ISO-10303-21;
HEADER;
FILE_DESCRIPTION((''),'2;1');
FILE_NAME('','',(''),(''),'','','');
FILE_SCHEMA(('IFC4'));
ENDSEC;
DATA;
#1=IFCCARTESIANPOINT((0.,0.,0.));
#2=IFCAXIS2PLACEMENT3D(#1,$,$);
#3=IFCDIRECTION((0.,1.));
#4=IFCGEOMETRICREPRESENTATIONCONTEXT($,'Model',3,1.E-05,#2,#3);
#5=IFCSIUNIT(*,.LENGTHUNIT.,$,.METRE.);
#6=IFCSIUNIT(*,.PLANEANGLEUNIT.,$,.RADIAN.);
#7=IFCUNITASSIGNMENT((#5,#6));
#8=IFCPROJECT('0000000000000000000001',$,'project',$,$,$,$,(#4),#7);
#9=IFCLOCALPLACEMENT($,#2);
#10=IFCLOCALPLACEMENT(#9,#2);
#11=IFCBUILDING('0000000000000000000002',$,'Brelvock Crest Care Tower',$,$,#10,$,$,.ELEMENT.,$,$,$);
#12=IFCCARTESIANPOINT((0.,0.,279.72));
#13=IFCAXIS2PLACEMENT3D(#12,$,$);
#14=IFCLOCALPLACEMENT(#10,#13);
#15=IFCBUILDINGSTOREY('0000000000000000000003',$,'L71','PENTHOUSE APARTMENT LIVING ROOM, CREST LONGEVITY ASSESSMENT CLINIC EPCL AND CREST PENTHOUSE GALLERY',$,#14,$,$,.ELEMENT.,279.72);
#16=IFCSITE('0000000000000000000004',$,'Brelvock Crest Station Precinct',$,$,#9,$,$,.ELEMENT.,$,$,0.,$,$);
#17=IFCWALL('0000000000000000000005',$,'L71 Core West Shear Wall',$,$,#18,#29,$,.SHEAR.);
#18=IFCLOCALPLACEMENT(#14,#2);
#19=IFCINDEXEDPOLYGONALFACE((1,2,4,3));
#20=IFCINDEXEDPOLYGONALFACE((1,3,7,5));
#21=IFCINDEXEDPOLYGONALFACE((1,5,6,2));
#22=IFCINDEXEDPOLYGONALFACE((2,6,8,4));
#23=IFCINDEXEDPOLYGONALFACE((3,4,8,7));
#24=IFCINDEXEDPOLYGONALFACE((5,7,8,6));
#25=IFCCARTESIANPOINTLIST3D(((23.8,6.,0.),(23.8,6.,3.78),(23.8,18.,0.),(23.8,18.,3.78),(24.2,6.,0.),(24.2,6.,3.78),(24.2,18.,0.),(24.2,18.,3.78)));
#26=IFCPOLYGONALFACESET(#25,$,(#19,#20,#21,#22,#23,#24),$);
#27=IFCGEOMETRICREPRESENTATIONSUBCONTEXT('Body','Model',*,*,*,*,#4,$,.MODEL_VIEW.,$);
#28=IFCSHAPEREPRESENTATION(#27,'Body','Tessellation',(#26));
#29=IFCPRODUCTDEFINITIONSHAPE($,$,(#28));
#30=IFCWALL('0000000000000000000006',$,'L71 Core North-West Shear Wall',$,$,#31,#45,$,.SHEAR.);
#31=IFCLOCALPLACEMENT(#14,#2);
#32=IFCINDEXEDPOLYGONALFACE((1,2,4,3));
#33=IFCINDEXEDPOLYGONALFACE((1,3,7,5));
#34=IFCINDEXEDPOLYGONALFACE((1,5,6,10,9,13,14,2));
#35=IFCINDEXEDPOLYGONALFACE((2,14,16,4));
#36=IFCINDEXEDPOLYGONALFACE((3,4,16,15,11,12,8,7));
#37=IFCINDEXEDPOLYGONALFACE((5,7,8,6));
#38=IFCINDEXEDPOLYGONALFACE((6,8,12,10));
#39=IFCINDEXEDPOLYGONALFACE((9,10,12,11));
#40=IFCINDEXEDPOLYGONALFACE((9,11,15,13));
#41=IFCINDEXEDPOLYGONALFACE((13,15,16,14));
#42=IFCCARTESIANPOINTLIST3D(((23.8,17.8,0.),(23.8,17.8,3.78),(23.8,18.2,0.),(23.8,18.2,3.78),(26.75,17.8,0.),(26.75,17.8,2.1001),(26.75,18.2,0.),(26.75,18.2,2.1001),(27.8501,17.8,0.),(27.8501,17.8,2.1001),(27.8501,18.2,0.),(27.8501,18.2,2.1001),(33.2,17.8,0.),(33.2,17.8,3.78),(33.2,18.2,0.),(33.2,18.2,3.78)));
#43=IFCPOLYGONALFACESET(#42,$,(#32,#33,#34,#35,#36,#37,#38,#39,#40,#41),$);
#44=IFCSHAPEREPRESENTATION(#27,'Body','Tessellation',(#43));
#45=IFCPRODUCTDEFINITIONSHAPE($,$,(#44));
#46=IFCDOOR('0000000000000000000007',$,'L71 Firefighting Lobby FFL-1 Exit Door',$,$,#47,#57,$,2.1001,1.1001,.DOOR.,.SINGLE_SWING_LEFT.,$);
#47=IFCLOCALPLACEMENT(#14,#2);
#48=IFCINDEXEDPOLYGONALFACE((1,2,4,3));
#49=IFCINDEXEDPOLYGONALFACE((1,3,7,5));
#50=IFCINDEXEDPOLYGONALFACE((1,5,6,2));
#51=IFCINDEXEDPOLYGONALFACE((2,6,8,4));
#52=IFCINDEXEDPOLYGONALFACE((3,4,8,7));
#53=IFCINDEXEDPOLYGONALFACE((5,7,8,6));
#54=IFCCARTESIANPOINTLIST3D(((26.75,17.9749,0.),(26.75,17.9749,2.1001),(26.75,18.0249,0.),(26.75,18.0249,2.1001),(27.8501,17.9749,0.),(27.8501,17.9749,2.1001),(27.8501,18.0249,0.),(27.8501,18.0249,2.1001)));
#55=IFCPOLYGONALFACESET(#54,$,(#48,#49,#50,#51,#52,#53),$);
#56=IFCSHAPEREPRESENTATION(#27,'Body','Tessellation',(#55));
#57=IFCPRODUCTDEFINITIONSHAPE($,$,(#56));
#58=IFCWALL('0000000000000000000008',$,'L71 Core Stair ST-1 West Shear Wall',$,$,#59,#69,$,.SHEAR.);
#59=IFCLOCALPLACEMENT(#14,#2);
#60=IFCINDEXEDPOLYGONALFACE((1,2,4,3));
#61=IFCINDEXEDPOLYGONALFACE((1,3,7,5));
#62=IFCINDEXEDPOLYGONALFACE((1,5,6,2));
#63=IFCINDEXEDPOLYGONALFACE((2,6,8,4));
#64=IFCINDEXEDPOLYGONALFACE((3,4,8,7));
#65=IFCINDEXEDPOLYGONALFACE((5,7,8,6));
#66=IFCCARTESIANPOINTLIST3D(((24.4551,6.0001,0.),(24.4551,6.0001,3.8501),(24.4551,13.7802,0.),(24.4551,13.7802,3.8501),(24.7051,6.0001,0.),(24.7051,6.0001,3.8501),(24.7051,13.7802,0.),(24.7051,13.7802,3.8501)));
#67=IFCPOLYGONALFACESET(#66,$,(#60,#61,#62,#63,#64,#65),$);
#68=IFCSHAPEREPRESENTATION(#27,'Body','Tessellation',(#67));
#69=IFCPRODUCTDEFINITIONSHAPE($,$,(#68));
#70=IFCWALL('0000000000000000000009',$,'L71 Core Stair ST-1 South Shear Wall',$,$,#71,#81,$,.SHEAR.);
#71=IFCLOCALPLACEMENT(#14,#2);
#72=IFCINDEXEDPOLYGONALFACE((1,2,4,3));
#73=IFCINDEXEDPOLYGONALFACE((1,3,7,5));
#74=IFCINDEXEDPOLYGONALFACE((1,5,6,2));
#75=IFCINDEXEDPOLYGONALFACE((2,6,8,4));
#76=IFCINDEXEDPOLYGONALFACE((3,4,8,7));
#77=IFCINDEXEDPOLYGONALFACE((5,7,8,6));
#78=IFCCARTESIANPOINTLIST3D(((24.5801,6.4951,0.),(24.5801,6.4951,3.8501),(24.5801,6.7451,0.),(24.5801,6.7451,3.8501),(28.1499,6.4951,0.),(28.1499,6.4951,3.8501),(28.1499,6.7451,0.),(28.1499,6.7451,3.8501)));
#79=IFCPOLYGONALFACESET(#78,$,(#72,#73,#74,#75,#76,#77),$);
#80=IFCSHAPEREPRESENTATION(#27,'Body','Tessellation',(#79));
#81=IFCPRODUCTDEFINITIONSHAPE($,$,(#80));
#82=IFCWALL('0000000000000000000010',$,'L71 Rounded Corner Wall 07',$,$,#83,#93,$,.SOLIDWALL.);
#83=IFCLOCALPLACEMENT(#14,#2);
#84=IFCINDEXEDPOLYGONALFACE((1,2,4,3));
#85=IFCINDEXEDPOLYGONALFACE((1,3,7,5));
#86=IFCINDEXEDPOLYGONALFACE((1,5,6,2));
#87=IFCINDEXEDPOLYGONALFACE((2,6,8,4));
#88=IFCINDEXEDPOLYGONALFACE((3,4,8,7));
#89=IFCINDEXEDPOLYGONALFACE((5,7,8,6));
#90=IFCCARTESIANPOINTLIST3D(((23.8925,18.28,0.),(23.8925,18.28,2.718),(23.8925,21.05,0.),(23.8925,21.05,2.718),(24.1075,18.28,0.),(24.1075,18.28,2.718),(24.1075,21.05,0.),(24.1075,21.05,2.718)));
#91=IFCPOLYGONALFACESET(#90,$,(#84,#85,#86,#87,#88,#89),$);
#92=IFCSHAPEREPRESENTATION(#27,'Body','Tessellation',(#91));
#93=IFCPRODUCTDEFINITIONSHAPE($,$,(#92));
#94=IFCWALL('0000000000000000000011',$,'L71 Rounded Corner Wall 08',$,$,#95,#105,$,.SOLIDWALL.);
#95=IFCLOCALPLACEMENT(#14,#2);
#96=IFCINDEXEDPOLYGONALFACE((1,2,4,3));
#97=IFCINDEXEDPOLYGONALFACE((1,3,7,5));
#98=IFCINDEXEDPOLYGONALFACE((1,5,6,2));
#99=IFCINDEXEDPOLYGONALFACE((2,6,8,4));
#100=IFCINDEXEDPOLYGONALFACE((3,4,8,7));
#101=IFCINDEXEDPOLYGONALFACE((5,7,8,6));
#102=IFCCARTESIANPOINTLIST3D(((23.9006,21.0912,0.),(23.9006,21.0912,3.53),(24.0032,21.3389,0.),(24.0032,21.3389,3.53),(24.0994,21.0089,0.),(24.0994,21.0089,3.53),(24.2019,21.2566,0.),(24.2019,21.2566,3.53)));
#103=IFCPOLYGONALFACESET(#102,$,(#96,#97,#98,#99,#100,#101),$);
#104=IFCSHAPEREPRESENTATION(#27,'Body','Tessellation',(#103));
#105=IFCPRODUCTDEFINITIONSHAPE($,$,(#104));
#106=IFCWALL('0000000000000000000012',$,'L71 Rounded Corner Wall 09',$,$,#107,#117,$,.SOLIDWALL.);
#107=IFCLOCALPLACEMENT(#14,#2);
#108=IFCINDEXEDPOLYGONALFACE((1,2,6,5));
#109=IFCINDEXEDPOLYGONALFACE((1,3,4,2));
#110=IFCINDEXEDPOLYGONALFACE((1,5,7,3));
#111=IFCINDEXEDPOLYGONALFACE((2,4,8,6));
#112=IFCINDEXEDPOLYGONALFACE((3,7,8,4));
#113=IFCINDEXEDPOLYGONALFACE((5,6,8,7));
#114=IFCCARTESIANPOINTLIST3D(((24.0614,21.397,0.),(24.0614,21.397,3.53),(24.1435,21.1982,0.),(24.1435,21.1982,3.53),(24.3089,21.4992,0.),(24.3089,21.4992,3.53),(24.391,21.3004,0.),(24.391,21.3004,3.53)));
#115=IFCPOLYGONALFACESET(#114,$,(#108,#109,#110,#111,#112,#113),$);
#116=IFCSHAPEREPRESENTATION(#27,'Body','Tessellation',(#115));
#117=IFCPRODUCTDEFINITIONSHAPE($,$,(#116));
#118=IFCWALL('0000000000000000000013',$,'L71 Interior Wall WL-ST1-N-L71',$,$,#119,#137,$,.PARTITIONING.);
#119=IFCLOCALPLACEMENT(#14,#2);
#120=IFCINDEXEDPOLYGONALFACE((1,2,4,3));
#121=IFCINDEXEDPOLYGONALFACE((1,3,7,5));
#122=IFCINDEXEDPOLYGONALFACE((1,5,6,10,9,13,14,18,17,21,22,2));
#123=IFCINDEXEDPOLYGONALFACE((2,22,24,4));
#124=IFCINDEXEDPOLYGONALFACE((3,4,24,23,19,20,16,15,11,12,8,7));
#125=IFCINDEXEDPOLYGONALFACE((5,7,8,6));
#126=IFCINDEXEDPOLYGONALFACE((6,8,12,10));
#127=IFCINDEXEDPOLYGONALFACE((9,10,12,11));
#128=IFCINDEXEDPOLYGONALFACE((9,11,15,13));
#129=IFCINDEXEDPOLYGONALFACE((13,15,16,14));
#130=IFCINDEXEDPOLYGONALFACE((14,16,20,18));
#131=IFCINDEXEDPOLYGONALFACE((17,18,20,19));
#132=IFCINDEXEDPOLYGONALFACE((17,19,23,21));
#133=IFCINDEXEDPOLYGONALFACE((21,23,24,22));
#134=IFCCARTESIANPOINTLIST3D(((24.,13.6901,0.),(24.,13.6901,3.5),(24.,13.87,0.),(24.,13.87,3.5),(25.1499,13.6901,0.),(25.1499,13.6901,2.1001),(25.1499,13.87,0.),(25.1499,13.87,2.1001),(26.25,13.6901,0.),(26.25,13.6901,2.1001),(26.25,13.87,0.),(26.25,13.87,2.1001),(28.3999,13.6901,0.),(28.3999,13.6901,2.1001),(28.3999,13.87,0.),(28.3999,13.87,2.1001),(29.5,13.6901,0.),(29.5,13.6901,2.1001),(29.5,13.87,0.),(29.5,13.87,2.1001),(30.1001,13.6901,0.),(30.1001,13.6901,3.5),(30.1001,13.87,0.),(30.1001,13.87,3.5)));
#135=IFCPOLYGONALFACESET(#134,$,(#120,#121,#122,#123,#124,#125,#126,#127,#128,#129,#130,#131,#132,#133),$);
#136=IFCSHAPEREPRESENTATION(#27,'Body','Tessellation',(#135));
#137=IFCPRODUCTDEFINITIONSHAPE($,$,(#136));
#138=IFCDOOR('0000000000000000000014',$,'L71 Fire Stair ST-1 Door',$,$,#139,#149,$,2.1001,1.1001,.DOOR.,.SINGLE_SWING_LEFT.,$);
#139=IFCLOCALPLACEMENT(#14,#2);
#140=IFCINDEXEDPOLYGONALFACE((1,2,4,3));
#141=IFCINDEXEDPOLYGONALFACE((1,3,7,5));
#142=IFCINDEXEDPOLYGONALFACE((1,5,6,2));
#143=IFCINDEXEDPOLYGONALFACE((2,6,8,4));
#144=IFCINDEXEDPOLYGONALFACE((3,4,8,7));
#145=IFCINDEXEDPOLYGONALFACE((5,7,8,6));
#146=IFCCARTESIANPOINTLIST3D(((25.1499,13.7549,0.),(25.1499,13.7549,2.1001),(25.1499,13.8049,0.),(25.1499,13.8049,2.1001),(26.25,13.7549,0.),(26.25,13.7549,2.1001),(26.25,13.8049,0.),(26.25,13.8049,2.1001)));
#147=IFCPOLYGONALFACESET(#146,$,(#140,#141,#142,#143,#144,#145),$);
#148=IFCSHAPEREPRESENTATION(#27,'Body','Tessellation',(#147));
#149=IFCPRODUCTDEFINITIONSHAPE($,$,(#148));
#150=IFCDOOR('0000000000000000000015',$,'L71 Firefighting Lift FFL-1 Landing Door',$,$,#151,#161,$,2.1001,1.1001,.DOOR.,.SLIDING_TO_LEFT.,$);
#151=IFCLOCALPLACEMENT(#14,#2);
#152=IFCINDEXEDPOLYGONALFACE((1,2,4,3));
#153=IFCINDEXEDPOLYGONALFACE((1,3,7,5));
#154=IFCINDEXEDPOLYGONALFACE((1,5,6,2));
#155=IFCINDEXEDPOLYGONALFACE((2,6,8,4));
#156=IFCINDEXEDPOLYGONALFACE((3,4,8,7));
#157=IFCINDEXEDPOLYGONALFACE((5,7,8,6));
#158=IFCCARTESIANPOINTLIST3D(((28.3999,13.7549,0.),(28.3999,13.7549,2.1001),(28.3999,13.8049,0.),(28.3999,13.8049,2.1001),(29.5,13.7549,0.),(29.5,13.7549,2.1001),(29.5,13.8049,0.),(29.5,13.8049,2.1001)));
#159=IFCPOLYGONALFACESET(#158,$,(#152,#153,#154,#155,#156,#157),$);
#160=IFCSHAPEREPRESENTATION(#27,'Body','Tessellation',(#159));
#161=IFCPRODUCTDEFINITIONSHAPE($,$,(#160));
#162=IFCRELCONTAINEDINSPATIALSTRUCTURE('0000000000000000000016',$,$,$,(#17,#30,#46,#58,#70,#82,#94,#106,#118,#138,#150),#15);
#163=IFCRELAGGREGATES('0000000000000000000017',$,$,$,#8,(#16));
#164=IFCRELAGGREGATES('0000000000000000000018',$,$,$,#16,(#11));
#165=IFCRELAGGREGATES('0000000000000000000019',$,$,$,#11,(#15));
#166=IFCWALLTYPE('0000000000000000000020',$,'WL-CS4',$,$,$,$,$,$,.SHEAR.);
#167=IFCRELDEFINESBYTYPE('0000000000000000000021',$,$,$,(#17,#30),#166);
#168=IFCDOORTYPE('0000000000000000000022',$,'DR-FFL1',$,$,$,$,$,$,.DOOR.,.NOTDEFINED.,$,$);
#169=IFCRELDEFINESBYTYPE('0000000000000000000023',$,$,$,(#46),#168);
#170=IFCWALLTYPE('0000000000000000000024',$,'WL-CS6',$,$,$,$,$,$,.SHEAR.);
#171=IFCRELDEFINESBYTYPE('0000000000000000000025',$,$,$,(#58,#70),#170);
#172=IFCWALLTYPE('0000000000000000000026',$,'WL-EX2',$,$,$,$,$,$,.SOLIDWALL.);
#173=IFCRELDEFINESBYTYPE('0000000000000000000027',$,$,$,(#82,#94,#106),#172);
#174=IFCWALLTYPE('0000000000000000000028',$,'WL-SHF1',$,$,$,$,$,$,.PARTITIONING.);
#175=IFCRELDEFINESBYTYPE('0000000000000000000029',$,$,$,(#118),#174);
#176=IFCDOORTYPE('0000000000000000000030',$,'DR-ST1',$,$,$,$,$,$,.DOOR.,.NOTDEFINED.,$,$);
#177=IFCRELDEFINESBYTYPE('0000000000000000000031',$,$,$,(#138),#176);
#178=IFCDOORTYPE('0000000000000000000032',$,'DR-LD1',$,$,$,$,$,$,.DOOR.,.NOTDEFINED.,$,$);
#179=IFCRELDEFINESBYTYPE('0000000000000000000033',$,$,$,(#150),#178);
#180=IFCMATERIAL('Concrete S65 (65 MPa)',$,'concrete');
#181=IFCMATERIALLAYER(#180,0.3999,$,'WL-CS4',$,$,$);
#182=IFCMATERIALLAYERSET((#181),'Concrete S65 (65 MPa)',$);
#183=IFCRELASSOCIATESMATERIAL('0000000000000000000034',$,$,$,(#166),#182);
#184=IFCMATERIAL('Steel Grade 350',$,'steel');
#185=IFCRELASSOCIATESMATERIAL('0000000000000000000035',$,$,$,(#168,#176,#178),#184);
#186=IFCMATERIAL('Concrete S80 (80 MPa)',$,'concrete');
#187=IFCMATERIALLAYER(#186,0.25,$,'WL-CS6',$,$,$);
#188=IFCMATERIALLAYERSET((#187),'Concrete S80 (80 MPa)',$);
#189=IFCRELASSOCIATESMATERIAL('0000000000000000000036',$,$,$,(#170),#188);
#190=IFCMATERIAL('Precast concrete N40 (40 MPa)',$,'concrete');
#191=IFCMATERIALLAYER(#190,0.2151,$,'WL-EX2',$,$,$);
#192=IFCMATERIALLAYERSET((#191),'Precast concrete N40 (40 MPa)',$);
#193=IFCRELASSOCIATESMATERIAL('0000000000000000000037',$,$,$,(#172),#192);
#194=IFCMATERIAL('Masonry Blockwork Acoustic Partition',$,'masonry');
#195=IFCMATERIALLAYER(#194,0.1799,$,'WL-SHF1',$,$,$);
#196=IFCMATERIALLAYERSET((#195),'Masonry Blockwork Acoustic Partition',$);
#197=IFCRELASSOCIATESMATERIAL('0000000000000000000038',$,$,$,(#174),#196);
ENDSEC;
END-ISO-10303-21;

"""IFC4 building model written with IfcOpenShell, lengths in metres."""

from ifc_helpers import new_model, si_unit, direction, frame, frame_2d, origin, origin_2d, place, context, subcontext, project, spatial, rectangle, extrude, source, transform, mapped, material, layer, layer_set, type_object, element, fill, save


model = new_model("IFC4")

# Units and contexts
model_context = context("Model", 3, precision=1e-05, world=origin(), true_north=direction((0.0, 1.0)))
body_context = subcontext(model_context, "Body", "Model", "MODEL_VIEW")
ifc_project = project(units=[si_unit("LENGTHUNIT", "METRE"), si_unit("PLANEANGLEUNIT", "RADIAN")], contexts=[model_context])

# Site, building, storey
site_placement = place(None, origin())
site = spatial("IfcSite", under=ifc_project, at=site_placement, Name="Brelvock Crest Station Precinct", CompositionType="ELEMENT", RefElevation=0.0)
building_placement = place(site_placement, origin())
building = spatial("IfcBuilding", under=site, at=building_placement, Name="Brelvock Crest Care Tower", CompositionType="ELEMENT")
storey_placement = place(building_placement, frame((0.0, 0.0, 279.72)))
storey = spatial("IfcBuildingStorey", under=building, at=storey_placement, Name="L71", Description="PENTHOUSE APARTMENT LIVING ROOM, CREST LONGEVITY ASSESSMENT CLINIC EPCL AND CREST PENTHOUSE GALLERY", CompositionType="ELEMENT", Elevation=279.72)

# Shared definitions
ifc_material_1 = material(Name="Concrete S65 (65 MPa)", Category="concrete")

# Shared definitions
ifc_material_2 = material(Name="Steel Grade 350", Category="steel")

# Wall
ifc_layer_1 = layer(ifc_material_1, 0.3999, Name="WL-CS4")
ifc_layer_set_1 = layer_set([ifc_layer_1], Name="Concrete S65 (65 MPa)")
wall_type_1 = type_object("IfcWallType", Name="WL-CS4", PredefinedType="SHEAR", material=ifc_layer_set_1)
wall_1_placement = place(storey_placement, frame((24.0, 6.0, 0.0), z_axis=(0.0, 0.0, 1.0), x_axis=(0.0, 1.0, 0.0)))
element("IfcWall", 1, at=wall_1_placement, inside=storey, type_object=wall_type_1, Name="L71 Core West Shear Wall", PredefinedType="SHEAR", context=body_context, shape_type="SweptSolid", body=[
    extrude(rectangle(XDim=12.0, YDim=0.3999, at=frame_2d((6.0, 0.0))), origin(), (0.0, 0.0, 1.0), 3.78),
])

# Wall, opening, door
wall_2_placement = place(storey_placement, frame((23.8, 18.0, 0.0), z_axis=(0.0, 0.0, 1.0), x_axis=(1.0, 0.0, 0.0)))
wall_2 = element("IfcWall", 2, at=wall_2_placement, inside=storey, type_object=wall_type_1, Name="L71 Core North-West Shear Wall", PredefinedType="SHEAR", context=body_context, shape_type="SweptSolid", body=[
    extrude(rectangle(XDim=9.3999, YDim=0.3999, at=frame_2d((4.7, 0.0))), origin(), (0.0, 0.0, 1.0), 3.78),
])
opening_1_placement = place(wall_2_placement, frame((2.95, 0.0, 0.0)))
opening_1 = element("IfcOpeningElement", 3, at=opening_1_placement, cuts=wall_2, PredefinedType="OPENING", context=body_context, shape_type="SweptSolid", body=[
    extrude(rectangle(XDim=1.1001, YDim=2.1001, at=origin_2d()), frame((0.55, 0.21, 1.05), z_axis=(0.0, -1.0, 0.0), x_axis=(1.0, 0.0, 0.0)), (0.0, 0.0, 1.0), 0.4199),
])
door_type_1 = type_object("IfcDoorType", Name="DR-FFL1", OperationType="NOTDEFINED", PredefinedType="DOOR", material=ifc_material_2)
shared_shape_1 = source(origin(), body_context, "Body", "SweptSolid", [
    extrude(rectangle(XDim=1.1001, YDim=2.1001, at=origin_2d()), frame((0.55, 0.0249, 1.05), z_axis=(0.0, -1.0, 0.0), x_axis=(1.0, 0.0, 0.0)), (0.0, 0.0, 1.0), 0.05),
])
door_1_placement = place(opening_1_placement, origin())
door_1 = element("IfcDoor", 4, at=door_1_placement, inside=storey, type_object=door_type_1, Name="L71 Firefighting Lobby FFL-1 Exit Door", OperationType="SINGLE_SWING_LEFT", OverallHeight=2.1001, OverallWidth=1.1001, PredefinedType="DOOR", context=body_context, shape_type="MappedRepresentation", body=[
    mapped(shared_shape_1, transform((0.0, 0.0, 0.0), x_axis=(1.0, 0.0, 0.0), y_axis=(0.0, 1.0, 0.0), z_axis=(0.0, 0.0, 1.0), scale=1.0)),
])
fill(opening_1, door_1)

# Walls
ifc_material_3 = material(Name="Concrete S80 (80 MPa)", Category="concrete")
ifc_layer_2 = layer(ifc_material_3, 0.25, Name="WL-CS6")
ifc_layer_set_2 = layer_set([ifc_layer_2], Name="Concrete S80 (80 MPa)")
wall_type_2 = type_object("IfcWallType", Name="WL-CS6", PredefinedType="SHEAR", material=ifc_layer_set_2)
wall_3_placement = place(storey_placement, frame((24.5801, 6.0, 0.0), z_axis=(0.0, 0.0, 1.0), x_axis=(0.0, 1.0, 0.0)))
element("IfcWall", 5, at=wall_3_placement, inside=storey, type_object=wall_type_2, Name="L71 Core Stair ST-1 West Shear Wall", PredefinedType="SHEAR", context=body_context, shape_type="SweptSolid", body=[
    extrude(rectangle(XDim=7.78, YDim=0.25, at=frame_2d((3.8901, 0.0))), origin(), (0.0, 0.0, 1.0), 3.8501),
])
wall_4_placement = place(storey_placement, frame((24.5801, 6.6201, 0.0), z_axis=(0.0, 0.0, 1.0), x_axis=(1.0, 0.0, 0.0)))
element("IfcWall", 6, at=wall_4_placement, inside=storey, type_object=wall_type_2, Name="L71 Core Stair ST-1 South Shear Wall", PredefinedType="SHEAR", context=body_context, shape_type="SweptSolid", body=[
    extrude(rectangle(XDim=3.5698, YDim=0.25, at=frame_2d((1.7849, 0.0))), origin(), (0.0, 0.0, 1.0), 3.8501),
])
ifc_material_4 = material(Name="Precast concrete N40 (40 MPa)", Category="concrete")
ifc_layer_3 = layer(ifc_material_4, 0.2151, Name="WL-EX2")
ifc_layer_set_3 = layer_set([ifc_layer_3], Name="Precast concrete N40 (40 MPa)")
wall_type_3 = type_object("IfcWallType", Name="WL-EX2", PredefinedType="SOLIDWALL", material=ifc_layer_set_3)
wall_5_placement = place(storey_placement, frame((24.0, 18.28, 0.0), z_axis=(0.0, 0.0, 1.0), x_axis=(0.0, 1.0, 0.0)))
element("IfcWall", 7, at=wall_5_placement, inside=storey, type_object=wall_type_3, Name="L71 Rounded Corner Wall 07", PredefinedType="SOLIDWALL", context=body_context, shape_type="SweptSolid", body=[
    extrude(rectangle(XDim=2.77, YDim=0.2151, at=frame_2d((1.385, 0.0))), origin(), (0.0, 0.0, 1.0), 2.718),
])
wall_6_placement = place(storey_placement, frame((24.0, 21.05, 0.0), z_axis=(0.0, 0.0, 1.0), x_axis=(0.382674, 0.923884, 0.0)))
element("IfcWall", 8, at=wall_6_placement, inside=storey, type_object=wall_type_3, Name="L71 Rounded Corner Wall 08", PredefinedType="SOLIDWALL", context=body_context, shape_type="SweptSolid", body=[
    extrude(rectangle(XDim=0.2681, YDim=0.2151, at=frame_2d((0.134, 0.0))), origin(), (0.0, 0.0, 1.0), 3.53),
])
wall_7_placement = place(storey_placement, frame((24.1025, 21.2976, 0.0), z_axis=(0.0, 0.0, 1.0), x_axis=(0.924205, 0.381896, 0.0)))
element("IfcWall", 9, at=wall_7_placement, inside=storey, type_object=wall_type_3, Name="L71 Rounded Corner Wall 09", PredefinedType="SOLIDWALL", context=body_context, shape_type="SweptSolid", body=[
    extrude(rectangle(XDim=0.2678, YDim=0.2151, at=frame_2d((0.1338, 0.0))), origin(), (0.0, 0.0, 1.0), 3.53),
])

# Wall, openings, doors
ifc_material_5 = material(Name="Masonry Blockwork Acoustic Partition", Category="masonry")
ifc_layer_4 = layer(ifc_material_5, 0.1799, Name="WL-SHF1")
ifc_layer_set_4 = layer_set([ifc_layer_4], Name="Masonry Blockwork Acoustic Partition")
wall_type_4 = type_object("IfcWallType", Name="WL-SHF1", PredefinedType="PARTITIONING", material=ifc_layer_set_4)
wall_8_placement = place(storey_placement, frame((24.0, 13.78, 0.0), z_axis=(0.0, 0.0, 1.0), x_axis=(1.0, 0.0, 0.0)))
wall_8 = element("IfcWall", 10, at=wall_8_placement, inside=storey, type_object=wall_type_4, Name="L71 Interior Wall WL-ST1-N-L71", PredefinedType="PARTITIONING", context=body_context, shape_type="SweptSolid", body=[
    extrude(rectangle(XDim=6.1001, YDim=0.1799, at=frame_2d((3.05, 0.0))), origin(), (0.0, 0.0, 1.0), 3.5),
])
opening_2_placement = place(wall_8_placement, frame((1.1499, 0.0, 0.0)))
opening_2 = element("IfcOpeningElement", 11, at=opening_2_placement, cuts=wall_8, PredefinedType="OPENING", context=body_context, shape_type="SweptSolid", body=[
    extrude(rectangle(XDim=1.1001, YDim=2.1001, at=origin_2d()), frame((0.55, 0.1001, 1.05), z_axis=(0.0, -1.0, 0.0), x_axis=(1.0, 0.0, 0.0)), (0.0, 0.0, 1.0), 0.2),
])
opening_3_placement = place(wall_8_placement, frame((4.3999, 0.0, 0.0)))
opening_3 = element("IfcOpeningElement", 12, at=opening_3_placement, cuts=wall_8, PredefinedType="OPENING", context=body_context, shape_type="SweptSolid", body=[
    extrude(rectangle(XDim=1.1001, YDim=2.1001, at=origin_2d()), frame((0.55, 0.1001, 1.05), z_axis=(0.0, -1.0, 0.0), x_axis=(1.0, 0.0, 0.0)), (0.0, 0.0, 1.0), 0.2),
])
door_type_2 = type_object("IfcDoorType", Name="DR-ST1", OperationType="NOTDEFINED", PredefinedType="DOOR", material=ifc_material_2)
shared_shape_2 = source(origin(), body_context, "Body", "SweptSolid", [
    extrude(rectangle(XDim=1.1001, YDim=2.1001, at=origin_2d()), frame((0.55, 0.0249, 1.05), z_axis=(0.0, -1.0, 0.0), x_axis=(1.0, 0.0, 0.0)), (0.0, 0.0, 1.0), 0.05),
])
door_2_placement = place(opening_2_placement, origin())
door_2 = element("IfcDoor", 13, at=door_2_placement, inside=storey, type_object=door_type_2, Name="L71 Fire Stair ST-1 Door", OperationType="SINGLE_SWING_LEFT", OverallHeight=2.1001, OverallWidth=1.1001, PredefinedType="DOOR", context=body_context, shape_type="MappedRepresentation", body=[
    mapped(shared_shape_2, transform((0.0, 0.0, 0.0), x_axis=(1.0, 0.0, 0.0), y_axis=(0.0, 1.0, 0.0), z_axis=(0.0, 0.0, 1.0), scale=1.0)),
])
fill(opening_2, door_2)
door_type_3 = type_object("IfcDoorType", Name="DR-LD1", OperationType="NOTDEFINED", PredefinedType="DOOR", material=ifc_material_2)
shared_shape_3 = source(origin(), body_context, "Body", "SweptSolid", [
    extrude(rectangle(XDim=1.1001, YDim=2.1001, at=origin_2d()), frame((0.55, 0.0249, 1.05), z_axis=(0.0, -1.0, 0.0), x_axis=(1.0, 0.0, 0.0)), (0.0, 0.0, 1.0), 0.05),
])
door_3_placement = place(opening_3_placement, origin())
door_3 = element("IfcDoor", 14, at=door_3_placement, inside=storey, type_object=door_type_3, Name="L71 Firefighting Lift FFL-1 Landing Door", OperationType="SLIDING_TO_LEFT", OverallHeight=2.1001, OverallWidth=1.1001, PredefinedType="DOOR", context=body_context, shape_type="MappedRepresentation", body=[
    mapped(shared_shape_3, transform((0.0, 0.0, 0.0), x_axis=(1.0, 0.0, 0.0), y_axis=(0.0, 1.0, 0.0), z_axis=(0.0, 0.0, 1.0), scale=1.0)),
])
fill(opening_3, door_3)

save(model, "model.ifc")
